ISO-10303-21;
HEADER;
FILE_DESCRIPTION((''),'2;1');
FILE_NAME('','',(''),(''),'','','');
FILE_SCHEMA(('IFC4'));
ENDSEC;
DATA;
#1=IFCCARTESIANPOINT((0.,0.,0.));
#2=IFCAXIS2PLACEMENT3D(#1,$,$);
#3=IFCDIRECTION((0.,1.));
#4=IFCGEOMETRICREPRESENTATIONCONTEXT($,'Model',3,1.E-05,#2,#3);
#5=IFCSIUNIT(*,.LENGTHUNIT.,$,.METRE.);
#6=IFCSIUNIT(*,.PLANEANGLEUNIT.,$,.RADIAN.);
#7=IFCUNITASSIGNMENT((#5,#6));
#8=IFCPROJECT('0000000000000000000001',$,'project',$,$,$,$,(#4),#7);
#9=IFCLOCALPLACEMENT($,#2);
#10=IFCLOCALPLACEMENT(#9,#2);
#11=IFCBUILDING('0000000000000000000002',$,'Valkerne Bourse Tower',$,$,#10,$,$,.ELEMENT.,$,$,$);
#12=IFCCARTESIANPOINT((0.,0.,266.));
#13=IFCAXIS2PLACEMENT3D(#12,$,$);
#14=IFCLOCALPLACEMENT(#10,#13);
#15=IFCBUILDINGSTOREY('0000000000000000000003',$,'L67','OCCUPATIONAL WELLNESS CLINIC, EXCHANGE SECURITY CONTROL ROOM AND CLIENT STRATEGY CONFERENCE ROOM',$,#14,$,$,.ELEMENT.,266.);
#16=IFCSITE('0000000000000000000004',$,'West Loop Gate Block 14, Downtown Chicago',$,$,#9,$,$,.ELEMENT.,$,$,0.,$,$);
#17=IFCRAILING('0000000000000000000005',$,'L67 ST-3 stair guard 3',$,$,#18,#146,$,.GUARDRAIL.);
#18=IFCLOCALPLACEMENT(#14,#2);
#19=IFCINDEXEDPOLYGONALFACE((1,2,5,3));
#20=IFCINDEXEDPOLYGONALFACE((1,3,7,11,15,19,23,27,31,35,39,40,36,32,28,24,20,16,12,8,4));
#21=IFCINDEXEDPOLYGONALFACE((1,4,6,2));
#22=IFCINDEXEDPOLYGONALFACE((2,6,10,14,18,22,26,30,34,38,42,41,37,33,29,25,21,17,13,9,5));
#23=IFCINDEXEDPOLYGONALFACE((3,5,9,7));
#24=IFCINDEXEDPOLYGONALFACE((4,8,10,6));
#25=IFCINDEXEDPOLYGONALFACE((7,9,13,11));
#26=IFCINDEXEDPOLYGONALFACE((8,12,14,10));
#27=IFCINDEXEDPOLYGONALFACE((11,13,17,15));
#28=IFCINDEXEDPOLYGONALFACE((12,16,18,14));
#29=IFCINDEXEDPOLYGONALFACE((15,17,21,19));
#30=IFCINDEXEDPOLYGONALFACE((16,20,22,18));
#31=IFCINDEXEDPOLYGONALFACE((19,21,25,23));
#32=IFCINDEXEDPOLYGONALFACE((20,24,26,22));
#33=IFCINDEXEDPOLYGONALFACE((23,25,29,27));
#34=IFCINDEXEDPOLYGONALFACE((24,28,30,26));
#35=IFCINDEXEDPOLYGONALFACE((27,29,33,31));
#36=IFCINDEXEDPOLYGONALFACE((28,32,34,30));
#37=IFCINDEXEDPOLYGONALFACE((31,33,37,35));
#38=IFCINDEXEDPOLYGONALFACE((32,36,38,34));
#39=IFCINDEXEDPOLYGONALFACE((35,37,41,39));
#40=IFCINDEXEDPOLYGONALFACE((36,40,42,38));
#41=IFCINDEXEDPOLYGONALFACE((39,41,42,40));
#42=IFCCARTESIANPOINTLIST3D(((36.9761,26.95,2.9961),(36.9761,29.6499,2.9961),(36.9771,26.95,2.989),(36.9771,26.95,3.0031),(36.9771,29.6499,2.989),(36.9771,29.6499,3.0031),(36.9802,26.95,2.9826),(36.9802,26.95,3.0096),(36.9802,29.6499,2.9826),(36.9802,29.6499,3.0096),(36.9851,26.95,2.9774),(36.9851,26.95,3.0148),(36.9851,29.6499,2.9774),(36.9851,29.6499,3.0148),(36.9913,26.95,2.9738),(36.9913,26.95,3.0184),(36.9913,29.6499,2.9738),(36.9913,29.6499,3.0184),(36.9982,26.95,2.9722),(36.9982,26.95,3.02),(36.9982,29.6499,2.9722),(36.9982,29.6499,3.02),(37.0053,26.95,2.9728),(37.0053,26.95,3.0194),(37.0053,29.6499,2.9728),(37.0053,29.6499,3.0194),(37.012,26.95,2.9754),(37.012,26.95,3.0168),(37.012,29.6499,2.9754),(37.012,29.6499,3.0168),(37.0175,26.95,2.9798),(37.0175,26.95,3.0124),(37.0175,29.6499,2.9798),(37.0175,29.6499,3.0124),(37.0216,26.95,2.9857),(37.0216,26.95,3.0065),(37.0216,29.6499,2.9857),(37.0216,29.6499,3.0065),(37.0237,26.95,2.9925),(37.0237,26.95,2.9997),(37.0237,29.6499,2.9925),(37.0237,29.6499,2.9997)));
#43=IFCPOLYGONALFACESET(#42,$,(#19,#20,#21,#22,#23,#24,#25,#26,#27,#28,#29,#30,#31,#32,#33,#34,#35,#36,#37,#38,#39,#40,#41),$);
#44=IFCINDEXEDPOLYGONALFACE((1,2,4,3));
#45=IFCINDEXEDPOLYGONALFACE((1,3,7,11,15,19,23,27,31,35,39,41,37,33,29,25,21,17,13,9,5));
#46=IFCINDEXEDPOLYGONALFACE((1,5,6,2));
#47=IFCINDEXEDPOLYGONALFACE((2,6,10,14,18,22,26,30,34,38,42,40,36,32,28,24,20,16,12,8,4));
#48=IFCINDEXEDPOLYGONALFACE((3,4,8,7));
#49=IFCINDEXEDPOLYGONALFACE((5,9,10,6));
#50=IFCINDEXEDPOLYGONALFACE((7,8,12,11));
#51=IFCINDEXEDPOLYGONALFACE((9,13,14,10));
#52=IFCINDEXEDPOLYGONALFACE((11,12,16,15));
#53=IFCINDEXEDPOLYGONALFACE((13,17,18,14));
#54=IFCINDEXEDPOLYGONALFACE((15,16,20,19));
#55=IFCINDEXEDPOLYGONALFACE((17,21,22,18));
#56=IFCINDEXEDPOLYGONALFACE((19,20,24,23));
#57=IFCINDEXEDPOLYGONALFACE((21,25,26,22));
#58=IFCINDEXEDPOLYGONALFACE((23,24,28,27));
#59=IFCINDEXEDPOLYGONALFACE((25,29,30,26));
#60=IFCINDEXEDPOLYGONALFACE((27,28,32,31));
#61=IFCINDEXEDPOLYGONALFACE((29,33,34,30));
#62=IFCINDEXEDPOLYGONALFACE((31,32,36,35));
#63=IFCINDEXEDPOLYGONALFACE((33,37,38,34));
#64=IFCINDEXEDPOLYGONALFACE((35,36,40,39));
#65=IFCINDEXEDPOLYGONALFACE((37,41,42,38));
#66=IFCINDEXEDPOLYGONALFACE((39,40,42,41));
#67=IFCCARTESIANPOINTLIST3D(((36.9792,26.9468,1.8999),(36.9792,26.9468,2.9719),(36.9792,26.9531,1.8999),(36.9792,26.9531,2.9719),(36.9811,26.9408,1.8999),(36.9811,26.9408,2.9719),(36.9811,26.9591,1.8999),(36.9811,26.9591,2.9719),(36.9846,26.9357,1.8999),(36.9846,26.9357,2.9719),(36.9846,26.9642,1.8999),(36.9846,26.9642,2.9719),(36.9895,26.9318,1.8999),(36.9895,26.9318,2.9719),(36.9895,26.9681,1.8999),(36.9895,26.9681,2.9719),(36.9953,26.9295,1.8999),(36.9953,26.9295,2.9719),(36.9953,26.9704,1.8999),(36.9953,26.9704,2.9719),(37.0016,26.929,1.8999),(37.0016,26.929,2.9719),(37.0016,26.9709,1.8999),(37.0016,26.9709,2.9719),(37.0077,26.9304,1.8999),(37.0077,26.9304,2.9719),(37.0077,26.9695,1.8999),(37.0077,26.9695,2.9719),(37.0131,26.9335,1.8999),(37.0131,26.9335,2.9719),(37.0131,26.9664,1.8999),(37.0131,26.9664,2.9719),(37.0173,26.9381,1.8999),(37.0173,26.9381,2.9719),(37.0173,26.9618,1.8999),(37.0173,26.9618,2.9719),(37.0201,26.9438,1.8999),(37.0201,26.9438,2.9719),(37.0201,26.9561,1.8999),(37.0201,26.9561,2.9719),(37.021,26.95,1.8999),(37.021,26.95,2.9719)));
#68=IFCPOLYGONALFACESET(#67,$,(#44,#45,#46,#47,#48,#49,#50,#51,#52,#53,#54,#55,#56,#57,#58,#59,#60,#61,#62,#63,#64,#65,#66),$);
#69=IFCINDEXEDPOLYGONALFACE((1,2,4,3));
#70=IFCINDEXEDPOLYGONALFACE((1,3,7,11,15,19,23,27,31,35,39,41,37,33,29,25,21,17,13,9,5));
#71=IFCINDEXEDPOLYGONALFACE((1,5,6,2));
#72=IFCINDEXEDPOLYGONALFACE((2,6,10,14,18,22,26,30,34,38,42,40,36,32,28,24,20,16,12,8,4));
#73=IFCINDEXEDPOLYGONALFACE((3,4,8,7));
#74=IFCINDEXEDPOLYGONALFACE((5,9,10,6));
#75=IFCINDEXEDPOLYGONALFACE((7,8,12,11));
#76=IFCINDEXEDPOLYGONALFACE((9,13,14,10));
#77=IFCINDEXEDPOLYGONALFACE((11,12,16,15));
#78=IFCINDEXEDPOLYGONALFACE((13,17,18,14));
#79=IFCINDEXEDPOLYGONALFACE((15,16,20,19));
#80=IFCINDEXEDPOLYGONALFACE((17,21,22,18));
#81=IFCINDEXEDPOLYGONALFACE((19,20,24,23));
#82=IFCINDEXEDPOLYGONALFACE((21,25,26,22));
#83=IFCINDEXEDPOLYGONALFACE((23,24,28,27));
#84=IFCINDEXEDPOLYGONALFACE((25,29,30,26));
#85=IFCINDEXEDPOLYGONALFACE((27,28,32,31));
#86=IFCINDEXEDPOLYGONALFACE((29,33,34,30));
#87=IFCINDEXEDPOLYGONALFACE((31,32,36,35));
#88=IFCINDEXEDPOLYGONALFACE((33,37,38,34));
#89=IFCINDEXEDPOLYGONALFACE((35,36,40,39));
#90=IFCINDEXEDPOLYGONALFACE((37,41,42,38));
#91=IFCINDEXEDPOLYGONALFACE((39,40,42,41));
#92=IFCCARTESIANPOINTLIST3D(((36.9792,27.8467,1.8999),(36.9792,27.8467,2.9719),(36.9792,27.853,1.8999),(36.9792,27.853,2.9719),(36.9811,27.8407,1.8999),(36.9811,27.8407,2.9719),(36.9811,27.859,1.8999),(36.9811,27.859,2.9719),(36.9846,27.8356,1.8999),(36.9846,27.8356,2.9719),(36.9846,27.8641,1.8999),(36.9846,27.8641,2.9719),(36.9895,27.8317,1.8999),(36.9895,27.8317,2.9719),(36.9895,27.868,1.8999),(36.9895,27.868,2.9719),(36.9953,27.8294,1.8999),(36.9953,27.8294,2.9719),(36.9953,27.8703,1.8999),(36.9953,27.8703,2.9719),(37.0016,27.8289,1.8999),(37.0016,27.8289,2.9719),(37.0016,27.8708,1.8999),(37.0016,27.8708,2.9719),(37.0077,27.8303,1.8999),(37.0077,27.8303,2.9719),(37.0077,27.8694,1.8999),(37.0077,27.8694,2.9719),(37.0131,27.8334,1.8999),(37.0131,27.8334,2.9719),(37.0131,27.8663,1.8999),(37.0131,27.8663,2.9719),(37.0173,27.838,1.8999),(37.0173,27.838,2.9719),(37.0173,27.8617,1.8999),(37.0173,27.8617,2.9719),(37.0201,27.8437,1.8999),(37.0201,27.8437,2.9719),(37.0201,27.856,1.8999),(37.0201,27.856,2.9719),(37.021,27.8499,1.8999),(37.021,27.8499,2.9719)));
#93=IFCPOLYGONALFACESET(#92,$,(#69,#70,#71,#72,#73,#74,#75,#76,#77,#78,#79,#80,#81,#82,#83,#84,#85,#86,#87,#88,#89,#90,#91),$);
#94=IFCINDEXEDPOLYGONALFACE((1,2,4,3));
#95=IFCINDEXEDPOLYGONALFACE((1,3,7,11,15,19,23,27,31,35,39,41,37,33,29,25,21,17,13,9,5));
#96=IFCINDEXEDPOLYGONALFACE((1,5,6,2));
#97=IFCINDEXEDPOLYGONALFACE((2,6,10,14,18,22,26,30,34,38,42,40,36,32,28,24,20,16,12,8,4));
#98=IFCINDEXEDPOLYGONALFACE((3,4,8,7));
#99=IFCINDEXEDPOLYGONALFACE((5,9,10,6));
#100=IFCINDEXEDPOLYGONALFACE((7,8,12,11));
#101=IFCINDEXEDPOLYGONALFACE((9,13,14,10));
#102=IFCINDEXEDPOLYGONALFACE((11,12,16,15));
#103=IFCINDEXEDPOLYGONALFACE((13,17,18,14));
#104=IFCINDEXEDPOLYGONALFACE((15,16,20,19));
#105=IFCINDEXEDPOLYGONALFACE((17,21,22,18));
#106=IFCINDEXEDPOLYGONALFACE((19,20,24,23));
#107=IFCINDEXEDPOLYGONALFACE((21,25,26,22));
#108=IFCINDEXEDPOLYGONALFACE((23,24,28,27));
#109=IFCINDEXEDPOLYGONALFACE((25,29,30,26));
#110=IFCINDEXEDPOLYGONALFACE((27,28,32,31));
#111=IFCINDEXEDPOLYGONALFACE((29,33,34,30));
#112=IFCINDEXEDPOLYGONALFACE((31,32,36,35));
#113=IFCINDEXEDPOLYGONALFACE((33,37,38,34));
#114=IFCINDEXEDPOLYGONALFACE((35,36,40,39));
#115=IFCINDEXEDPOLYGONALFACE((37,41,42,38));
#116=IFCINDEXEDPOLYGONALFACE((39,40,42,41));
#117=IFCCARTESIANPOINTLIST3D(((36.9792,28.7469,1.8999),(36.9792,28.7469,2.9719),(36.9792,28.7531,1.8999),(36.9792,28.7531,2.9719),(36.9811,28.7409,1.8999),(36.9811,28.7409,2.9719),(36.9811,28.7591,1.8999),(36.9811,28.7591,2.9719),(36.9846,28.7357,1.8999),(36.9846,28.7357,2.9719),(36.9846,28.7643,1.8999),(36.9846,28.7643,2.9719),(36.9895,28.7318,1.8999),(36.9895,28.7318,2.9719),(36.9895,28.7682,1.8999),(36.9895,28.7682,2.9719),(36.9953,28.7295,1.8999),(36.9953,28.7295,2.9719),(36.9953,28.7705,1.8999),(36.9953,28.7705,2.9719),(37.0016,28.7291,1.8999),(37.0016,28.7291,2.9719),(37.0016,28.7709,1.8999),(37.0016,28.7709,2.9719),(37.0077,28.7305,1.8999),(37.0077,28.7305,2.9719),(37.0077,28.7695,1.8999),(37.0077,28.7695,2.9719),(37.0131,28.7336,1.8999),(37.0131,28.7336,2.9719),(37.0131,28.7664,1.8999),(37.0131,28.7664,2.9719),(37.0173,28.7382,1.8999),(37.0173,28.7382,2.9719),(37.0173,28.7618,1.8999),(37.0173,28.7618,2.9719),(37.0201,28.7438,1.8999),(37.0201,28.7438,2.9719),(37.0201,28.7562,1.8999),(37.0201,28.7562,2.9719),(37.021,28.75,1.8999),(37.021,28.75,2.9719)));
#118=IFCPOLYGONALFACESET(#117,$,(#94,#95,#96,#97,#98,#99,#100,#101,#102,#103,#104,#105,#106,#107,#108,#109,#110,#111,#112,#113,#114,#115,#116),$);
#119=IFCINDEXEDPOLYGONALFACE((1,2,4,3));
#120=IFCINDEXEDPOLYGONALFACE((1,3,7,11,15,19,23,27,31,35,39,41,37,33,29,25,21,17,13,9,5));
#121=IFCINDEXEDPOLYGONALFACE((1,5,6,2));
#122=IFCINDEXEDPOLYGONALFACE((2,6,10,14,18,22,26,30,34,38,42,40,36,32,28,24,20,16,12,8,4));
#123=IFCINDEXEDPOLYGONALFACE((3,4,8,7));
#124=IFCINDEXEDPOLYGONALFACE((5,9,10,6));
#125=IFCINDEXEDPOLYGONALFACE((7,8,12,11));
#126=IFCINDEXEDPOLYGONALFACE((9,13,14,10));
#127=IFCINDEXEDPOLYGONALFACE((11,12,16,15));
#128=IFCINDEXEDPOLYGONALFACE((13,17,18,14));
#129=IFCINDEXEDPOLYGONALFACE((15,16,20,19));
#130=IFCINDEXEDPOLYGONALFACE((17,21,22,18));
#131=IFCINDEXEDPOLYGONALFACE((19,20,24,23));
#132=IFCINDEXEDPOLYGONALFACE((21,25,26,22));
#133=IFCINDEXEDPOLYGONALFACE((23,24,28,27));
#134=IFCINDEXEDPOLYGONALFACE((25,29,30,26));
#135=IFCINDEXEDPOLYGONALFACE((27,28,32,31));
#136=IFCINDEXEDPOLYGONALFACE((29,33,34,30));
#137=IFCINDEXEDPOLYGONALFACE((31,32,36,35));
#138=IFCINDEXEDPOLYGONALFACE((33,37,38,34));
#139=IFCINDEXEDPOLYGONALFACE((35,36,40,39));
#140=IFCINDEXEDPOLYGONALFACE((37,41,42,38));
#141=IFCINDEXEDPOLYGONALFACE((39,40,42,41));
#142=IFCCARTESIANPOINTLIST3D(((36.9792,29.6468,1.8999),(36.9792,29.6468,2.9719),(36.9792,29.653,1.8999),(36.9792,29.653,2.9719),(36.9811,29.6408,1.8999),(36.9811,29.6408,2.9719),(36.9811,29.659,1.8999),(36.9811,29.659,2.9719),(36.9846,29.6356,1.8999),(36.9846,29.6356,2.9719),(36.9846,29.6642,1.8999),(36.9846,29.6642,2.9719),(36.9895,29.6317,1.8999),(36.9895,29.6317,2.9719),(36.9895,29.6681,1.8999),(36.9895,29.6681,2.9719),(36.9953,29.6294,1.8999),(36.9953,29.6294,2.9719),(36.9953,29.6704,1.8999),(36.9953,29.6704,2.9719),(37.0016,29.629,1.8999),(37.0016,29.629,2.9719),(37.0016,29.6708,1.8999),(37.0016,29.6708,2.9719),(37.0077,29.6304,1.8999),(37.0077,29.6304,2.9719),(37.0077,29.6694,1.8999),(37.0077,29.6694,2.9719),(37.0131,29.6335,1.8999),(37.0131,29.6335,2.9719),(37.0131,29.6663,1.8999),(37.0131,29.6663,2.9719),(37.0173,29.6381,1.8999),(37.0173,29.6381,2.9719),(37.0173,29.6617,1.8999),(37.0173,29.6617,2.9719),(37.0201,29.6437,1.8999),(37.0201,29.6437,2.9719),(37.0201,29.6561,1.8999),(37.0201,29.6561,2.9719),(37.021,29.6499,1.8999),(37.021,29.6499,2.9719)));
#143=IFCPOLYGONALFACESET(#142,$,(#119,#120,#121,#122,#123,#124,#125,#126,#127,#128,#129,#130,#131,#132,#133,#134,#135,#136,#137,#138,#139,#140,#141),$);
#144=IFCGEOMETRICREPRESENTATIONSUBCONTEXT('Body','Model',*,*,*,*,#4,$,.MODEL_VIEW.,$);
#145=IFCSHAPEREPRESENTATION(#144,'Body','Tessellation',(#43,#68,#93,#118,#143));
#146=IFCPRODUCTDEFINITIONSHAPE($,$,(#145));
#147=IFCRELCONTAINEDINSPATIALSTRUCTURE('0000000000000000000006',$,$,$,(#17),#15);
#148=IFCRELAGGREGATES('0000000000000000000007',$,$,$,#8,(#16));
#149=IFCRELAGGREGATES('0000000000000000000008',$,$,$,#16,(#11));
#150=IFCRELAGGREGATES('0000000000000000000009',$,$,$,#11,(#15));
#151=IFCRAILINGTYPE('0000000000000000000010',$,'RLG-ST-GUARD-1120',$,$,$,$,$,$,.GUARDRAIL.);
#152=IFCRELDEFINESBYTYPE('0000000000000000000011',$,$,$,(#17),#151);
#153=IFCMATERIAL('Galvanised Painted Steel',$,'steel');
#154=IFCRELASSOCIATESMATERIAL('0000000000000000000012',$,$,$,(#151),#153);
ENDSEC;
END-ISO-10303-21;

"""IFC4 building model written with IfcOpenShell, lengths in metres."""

from ifc_helpers import new_model, si_unit, direction, frame, origin, origin_2d, place, context, subcontext, project, spatial, circle, extrude, material, type_object, element, save


model = new_model("IFC4")

# Units and contexts
model_context = context("Model", 3, precision=1e-05, world=origin(), true_north=direction((0.0, 1.0)))
body_context = subcontext(model_context, "Body", "Model", "MODEL_VIEW")
ifc_project = project(units=[si_unit("LENGTHUNIT", "METRE"), si_unit("PLANEANGLEUNIT", "RADIAN")], contexts=[model_context])

# Site, building, storey
site_placement = place(None, origin())
site = spatial("IfcSite", under=ifc_project, at=site_placement, Name="West Loop Gate Block 14, Downtown Chicago", CompositionType="ELEMENT", RefElevation=0.0)
building_placement = place(site_placement, origin())
building = spatial("IfcBuilding", under=site, at=building_placement, Name="Valkerne Bourse Tower", CompositionType="ELEMENT")
storey_placement = place(building_placement, frame((0.0, 0.0, 266.0)))
storey = spatial("IfcBuildingStorey", under=building, at=storey_placement, Name="L67", Description="OCCUPATIONAL WELLNESS CLINIC, EXCHANGE SECURITY CONTROL ROOM AND CLIENT STRATEGY CONFERENCE ROOM", CompositionType="ELEMENT", Elevation=266.0)

# Railing
ifc_material_1 = material(Name="Galvanised Painted Steel", Category="steel")
railing_type_1 = type_object("IfcRailingType", Name="RLG-ST-GUARD-1120", PredefinedType="GUARDRAIL", material=ifc_material_1)
railing_1_placement = place(storey_placement, frame((37.0, 26.95, 1.8999)))
element("IfcRailing", 1, at=railing_1_placement, inside=storey, type_object=railing_type_1, Name="L67 ST-3 stair guard 3", PredefinedType="GUARDRAIL", context=body_context, shape_type="SweptSolid", body=[
    extrude(circle(Radius=0.0239, at=origin_2d()), frame((0.0, 0.0, 1.0962), z_axis=(0.0, 1.0, 0.0), x_axis=(-1.0, 0.0, 0.0)), (0.0, 0.0, 1.0), 2.7),
    extrude(circle(Radius=0.021, at=origin_2d()), origin(), (0.0, 0.0, 1.0), 1.072),
    extrude(circle(Radius=0.021, at=origin_2d()), frame((0.0, 0.8999, 0.0)), (0.0, 0.0, 1.0), 1.072),
    extrude(circle(Radius=0.021, at=origin_2d()), frame((0.0, 1.8, 0.0)), (0.0, 0.0, 1.0), 1.072),
    extrude(circle(Radius=0.021, at=origin_2d()), frame((0.0, 2.7, 0.0)), (0.0, 0.0, 1.0), 1.072),
])

save(model, "model.ifc")
